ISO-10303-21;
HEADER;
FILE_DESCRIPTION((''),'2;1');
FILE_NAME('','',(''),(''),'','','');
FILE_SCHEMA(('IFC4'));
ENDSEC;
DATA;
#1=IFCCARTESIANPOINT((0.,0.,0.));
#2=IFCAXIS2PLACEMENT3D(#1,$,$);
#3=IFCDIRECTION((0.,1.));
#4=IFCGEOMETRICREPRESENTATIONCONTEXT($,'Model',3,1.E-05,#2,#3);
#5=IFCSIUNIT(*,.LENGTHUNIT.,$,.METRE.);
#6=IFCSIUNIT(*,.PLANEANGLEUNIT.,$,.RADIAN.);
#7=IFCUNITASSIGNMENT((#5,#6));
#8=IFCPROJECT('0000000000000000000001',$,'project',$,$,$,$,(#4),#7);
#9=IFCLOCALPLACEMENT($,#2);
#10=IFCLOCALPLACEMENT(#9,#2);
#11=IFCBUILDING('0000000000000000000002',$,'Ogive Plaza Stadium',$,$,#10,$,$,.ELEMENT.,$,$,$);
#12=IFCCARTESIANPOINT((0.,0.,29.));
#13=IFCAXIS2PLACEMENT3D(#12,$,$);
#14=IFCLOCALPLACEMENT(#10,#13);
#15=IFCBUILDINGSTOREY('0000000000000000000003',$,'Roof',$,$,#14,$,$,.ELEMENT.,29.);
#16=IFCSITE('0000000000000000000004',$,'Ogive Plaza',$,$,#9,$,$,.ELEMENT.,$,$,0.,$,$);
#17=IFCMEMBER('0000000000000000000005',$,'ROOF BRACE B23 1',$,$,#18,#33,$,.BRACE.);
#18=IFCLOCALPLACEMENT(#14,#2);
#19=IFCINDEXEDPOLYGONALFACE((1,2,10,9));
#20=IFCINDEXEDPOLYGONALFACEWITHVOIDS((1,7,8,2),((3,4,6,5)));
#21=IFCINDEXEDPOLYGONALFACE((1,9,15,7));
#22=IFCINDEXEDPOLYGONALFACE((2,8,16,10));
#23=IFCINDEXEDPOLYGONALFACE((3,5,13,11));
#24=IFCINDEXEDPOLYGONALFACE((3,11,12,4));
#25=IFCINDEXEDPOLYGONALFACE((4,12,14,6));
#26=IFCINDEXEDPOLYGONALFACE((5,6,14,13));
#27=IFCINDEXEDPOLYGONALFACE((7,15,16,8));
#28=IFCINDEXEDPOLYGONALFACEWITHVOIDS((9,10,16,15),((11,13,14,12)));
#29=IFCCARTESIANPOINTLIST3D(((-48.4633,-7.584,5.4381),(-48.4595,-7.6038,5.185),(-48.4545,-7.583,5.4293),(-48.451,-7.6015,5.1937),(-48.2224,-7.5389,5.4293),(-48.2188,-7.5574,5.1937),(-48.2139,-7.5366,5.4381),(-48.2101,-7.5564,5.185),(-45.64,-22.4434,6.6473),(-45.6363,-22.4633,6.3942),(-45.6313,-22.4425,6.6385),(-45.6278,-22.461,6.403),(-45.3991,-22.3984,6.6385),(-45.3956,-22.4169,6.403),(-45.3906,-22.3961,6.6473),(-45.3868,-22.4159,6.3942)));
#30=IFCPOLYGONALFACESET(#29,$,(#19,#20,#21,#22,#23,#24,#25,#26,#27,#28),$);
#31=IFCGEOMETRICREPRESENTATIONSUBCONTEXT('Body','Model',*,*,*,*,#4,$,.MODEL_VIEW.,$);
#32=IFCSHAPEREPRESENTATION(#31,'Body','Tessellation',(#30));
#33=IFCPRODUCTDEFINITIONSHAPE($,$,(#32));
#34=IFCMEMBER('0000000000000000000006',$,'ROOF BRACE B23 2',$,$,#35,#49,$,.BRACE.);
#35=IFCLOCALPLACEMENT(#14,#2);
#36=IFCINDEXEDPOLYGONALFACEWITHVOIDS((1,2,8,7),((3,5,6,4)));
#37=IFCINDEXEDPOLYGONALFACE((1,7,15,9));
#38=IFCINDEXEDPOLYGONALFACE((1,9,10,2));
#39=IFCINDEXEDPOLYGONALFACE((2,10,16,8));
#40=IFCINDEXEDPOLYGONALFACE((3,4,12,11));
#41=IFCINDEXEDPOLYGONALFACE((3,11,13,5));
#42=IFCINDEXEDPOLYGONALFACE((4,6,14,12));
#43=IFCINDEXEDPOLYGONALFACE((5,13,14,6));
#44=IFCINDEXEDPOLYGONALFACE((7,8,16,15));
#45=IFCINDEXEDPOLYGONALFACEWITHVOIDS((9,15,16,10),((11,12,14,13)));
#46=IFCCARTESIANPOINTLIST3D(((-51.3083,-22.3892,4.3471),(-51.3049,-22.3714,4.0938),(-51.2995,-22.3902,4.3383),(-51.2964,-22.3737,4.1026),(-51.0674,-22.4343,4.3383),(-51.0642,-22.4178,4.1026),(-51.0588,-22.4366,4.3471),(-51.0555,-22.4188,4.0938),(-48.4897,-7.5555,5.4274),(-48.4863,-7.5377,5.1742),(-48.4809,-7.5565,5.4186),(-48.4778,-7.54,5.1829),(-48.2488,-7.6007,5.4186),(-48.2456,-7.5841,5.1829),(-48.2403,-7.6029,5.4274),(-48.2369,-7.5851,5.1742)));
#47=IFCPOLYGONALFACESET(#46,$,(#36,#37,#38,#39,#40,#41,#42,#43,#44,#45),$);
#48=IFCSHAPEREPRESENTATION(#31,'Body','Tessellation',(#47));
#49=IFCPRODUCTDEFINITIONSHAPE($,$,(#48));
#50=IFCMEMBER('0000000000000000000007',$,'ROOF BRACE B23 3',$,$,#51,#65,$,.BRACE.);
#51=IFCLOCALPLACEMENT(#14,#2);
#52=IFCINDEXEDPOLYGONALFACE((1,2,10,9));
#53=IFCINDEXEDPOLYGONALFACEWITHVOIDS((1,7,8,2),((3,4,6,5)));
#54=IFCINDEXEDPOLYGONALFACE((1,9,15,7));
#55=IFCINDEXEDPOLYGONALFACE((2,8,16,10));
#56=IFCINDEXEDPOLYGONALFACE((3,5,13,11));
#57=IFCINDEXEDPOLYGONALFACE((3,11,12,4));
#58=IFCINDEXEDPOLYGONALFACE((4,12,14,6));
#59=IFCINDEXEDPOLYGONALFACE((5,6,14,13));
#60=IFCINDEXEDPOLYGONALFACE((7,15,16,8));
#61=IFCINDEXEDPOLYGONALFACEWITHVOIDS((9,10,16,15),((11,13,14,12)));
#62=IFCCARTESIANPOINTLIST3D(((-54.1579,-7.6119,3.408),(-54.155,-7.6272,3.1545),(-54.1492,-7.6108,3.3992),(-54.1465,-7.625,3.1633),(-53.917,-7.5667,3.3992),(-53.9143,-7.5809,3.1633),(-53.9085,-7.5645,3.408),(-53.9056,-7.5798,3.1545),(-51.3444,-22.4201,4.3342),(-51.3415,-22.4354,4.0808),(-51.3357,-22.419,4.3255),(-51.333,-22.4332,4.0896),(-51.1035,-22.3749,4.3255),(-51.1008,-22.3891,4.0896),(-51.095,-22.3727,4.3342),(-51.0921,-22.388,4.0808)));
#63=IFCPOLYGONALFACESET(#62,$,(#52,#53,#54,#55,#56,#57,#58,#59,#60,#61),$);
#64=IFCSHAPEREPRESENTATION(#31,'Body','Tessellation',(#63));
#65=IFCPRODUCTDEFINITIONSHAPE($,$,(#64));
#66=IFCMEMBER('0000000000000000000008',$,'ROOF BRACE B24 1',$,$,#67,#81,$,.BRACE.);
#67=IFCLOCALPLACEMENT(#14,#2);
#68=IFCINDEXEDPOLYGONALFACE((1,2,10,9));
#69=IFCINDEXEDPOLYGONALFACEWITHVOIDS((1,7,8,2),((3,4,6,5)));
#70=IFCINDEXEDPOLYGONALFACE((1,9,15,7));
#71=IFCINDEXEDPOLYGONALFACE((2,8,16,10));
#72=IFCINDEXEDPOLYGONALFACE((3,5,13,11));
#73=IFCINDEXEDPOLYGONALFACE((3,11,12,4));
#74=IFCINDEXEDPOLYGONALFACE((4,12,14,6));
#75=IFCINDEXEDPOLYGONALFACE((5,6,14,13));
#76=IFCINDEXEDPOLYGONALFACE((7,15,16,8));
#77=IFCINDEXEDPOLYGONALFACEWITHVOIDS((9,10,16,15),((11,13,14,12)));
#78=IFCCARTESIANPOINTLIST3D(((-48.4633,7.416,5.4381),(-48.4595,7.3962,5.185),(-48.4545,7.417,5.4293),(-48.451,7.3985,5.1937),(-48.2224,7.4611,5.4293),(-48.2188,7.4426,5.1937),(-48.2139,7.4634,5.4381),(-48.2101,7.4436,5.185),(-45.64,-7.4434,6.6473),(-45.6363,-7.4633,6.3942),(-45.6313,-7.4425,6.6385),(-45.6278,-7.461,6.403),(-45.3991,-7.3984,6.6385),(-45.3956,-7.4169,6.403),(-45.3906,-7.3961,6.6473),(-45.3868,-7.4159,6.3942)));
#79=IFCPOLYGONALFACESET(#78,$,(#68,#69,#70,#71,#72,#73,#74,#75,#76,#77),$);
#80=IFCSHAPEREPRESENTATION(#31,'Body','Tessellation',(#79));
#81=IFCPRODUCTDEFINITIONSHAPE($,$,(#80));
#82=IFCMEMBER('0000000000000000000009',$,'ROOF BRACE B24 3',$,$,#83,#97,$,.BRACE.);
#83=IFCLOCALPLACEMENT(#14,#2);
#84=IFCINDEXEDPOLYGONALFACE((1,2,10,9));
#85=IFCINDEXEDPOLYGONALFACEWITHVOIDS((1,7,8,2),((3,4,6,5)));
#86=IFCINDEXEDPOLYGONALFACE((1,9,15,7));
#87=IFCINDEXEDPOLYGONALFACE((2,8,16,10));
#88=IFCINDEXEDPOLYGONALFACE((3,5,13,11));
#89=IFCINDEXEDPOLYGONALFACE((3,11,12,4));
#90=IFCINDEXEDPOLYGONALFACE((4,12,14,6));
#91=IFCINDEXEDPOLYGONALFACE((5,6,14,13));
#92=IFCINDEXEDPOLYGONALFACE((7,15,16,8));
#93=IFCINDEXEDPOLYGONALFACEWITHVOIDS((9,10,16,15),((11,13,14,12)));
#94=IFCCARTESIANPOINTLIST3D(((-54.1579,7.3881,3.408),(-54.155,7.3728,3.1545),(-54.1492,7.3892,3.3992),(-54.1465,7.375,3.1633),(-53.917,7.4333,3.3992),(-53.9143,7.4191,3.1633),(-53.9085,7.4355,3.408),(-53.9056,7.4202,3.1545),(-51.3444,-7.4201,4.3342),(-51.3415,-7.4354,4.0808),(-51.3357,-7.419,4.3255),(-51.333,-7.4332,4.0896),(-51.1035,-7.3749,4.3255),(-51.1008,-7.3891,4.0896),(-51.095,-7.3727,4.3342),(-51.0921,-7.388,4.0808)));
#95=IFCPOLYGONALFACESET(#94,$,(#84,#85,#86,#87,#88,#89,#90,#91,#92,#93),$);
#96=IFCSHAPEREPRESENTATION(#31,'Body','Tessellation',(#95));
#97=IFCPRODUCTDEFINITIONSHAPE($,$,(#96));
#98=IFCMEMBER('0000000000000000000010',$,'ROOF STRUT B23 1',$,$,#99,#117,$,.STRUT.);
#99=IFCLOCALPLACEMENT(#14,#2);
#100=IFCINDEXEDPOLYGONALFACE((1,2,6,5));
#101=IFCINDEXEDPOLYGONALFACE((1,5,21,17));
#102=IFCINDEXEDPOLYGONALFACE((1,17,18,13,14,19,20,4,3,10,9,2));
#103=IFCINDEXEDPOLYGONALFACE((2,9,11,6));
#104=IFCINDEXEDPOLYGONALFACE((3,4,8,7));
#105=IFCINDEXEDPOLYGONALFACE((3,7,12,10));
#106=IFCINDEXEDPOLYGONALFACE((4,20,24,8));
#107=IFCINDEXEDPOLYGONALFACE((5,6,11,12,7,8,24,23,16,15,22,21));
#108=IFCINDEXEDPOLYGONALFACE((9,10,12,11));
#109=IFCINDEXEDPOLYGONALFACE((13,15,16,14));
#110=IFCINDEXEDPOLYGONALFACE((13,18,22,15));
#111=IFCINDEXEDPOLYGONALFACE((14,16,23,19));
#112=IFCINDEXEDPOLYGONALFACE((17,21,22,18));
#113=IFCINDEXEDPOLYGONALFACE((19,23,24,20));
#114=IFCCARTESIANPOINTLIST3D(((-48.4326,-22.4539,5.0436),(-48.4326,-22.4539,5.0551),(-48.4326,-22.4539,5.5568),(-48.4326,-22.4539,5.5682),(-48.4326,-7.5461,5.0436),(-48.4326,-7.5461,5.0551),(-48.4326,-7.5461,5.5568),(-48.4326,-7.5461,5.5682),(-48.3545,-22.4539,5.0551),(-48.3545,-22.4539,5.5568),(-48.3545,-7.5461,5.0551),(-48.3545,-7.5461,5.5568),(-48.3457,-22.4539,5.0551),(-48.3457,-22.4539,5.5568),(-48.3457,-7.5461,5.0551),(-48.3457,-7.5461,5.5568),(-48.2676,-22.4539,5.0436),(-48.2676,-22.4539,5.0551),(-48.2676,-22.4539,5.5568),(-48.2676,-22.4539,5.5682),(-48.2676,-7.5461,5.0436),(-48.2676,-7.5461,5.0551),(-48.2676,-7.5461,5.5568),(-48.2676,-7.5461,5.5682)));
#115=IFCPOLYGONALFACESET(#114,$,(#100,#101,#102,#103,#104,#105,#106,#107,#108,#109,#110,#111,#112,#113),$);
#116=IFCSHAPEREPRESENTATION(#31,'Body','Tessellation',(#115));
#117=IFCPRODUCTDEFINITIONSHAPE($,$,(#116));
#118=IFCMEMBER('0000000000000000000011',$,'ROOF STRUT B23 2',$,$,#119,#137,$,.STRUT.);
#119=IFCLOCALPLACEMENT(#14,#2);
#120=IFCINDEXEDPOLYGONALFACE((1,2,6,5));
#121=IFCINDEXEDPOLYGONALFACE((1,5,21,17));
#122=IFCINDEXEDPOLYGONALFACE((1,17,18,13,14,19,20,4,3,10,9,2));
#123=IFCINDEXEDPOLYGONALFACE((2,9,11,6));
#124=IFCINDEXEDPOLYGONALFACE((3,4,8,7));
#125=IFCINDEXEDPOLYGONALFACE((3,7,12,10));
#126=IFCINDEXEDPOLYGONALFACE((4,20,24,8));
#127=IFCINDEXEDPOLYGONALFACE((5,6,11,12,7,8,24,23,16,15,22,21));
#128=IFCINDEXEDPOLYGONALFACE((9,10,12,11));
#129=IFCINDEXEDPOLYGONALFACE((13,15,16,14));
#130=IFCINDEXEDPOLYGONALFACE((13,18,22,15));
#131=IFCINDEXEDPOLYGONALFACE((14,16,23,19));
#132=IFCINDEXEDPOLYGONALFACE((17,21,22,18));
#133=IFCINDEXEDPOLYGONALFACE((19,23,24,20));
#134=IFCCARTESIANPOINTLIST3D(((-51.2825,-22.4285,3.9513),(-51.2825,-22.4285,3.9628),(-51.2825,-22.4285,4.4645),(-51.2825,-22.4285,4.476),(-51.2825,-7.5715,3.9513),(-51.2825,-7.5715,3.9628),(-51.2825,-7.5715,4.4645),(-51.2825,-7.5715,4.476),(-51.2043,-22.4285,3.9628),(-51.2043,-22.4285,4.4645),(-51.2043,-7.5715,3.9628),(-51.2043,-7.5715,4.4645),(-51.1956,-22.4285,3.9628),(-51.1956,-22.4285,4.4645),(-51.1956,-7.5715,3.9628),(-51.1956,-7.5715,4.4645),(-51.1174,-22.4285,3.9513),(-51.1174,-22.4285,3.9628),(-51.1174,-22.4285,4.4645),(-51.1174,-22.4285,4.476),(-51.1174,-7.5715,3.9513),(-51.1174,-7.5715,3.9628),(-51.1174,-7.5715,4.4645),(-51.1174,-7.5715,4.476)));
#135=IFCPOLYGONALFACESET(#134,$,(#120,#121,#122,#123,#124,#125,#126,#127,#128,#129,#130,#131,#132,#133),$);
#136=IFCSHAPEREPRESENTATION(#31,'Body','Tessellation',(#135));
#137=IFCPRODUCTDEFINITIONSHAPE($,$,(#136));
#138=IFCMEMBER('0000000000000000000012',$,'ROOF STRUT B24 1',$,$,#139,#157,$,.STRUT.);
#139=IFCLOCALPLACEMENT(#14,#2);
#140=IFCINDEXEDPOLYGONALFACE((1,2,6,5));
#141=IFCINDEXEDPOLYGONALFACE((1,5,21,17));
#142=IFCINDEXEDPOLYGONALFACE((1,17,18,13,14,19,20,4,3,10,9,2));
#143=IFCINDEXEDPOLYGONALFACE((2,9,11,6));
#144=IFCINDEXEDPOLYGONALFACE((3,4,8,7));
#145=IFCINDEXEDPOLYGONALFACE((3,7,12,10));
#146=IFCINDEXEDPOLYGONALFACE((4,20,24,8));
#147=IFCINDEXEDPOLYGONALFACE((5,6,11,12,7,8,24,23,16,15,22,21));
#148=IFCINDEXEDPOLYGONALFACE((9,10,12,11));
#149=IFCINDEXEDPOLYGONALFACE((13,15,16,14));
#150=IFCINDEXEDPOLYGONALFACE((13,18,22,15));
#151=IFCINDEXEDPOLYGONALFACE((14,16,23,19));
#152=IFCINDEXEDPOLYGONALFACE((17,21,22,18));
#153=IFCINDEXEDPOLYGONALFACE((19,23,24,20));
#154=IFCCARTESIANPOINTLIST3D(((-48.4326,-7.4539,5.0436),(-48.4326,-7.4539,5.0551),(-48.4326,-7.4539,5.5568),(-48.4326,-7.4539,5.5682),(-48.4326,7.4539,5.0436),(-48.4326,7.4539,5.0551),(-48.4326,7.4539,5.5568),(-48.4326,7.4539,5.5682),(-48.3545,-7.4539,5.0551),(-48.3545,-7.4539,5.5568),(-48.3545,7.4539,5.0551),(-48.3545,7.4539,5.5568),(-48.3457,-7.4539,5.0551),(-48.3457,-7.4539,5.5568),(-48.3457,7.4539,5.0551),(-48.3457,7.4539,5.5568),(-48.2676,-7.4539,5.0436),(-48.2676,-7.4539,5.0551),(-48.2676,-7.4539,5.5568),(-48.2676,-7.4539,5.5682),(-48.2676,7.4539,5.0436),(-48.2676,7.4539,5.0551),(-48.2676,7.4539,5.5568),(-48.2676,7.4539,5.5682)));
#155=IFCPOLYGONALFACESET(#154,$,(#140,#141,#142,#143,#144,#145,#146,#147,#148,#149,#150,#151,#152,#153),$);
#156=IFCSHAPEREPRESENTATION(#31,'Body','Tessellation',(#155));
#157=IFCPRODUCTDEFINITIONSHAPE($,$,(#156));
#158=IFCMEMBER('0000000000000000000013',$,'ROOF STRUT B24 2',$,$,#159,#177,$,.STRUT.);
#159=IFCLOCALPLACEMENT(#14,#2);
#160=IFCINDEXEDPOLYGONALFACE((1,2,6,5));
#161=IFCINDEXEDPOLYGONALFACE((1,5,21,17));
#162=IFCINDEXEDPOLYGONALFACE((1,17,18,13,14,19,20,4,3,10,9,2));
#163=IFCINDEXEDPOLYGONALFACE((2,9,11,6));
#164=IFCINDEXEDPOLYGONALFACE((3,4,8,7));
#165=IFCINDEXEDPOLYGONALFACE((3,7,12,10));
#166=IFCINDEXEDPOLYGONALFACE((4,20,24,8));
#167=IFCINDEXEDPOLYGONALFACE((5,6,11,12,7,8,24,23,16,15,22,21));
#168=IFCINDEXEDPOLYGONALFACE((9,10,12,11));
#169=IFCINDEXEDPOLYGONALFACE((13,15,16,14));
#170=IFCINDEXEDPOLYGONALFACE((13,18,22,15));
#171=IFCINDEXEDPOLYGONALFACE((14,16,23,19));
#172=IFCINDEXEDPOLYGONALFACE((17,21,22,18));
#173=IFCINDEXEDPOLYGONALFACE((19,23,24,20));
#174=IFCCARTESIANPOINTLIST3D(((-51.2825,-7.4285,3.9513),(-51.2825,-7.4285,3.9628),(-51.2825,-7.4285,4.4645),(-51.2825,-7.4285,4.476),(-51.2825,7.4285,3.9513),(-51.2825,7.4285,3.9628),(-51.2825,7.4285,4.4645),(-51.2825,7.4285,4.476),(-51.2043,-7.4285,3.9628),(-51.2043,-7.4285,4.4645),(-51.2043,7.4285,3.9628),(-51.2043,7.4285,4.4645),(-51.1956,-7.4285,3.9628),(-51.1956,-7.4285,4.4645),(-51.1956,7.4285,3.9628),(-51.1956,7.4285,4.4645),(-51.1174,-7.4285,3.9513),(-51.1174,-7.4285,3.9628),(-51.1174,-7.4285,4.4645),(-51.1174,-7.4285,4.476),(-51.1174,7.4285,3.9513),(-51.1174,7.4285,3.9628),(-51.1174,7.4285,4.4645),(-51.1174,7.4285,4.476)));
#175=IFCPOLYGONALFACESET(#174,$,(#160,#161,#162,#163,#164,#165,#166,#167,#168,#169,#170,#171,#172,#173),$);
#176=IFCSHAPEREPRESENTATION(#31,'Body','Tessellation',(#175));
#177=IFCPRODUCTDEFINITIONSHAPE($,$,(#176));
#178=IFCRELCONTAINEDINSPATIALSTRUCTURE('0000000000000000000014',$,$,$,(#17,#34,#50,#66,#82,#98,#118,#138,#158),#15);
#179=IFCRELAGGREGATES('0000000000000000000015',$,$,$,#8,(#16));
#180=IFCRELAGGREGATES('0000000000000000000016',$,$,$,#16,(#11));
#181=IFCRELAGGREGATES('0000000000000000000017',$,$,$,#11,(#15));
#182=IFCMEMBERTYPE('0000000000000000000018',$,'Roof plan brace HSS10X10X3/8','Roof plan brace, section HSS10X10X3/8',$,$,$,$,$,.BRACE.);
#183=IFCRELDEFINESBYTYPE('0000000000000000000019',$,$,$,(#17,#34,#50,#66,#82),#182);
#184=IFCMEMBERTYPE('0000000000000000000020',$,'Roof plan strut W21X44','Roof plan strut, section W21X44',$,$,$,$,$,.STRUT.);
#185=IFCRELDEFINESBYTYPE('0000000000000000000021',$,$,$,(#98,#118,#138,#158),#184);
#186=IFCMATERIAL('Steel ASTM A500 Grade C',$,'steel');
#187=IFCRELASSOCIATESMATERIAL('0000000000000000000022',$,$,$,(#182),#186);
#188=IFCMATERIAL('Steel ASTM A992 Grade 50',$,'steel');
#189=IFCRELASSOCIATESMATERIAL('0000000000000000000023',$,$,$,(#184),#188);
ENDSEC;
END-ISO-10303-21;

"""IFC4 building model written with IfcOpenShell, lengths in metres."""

from ifc_helpers import new_model, si_unit, direction, frame, origin, origin_2d, place, context, subcontext, project, spatial, hollow_rectangle, i_section, extrude, material, material_profile, profile_set, type_object, element, save


model = new_model("IFC4")

# Units and contexts
model_context = context("Model", 3, precision=1e-05, world=origin(), true_north=direction((0.0, 1.0)))
body_context = subcontext(model_context, "Body", "Model", "MODEL_VIEW")
ifc_project = project(units=[si_unit("LENGTHUNIT", "METRE"), si_unit("PLANEANGLEUNIT", "RADIAN")], contexts=[model_context])

# Site, building, storey
site_placement = place(None, origin())
site = spatial("IfcSite", under=ifc_project, at=site_placement, Name="Ogive Plaza", CompositionType="ELEMENT", RefElevation=0.0)
building_placement = place(site_placement, origin())
building = spatial("IfcBuilding", under=site, at=building_placement, Name="Ogive Plaza Stadium", CompositionType="ELEMENT")
storey_placement = place(building_placement, frame((0.0, 0.0, 29.0)))
storey = spatial("IfcBuildingStorey", under=building, at=storey_placement, Name="Roof", CompositionType="ELEMENT", Elevation=29.0)

# Members
ifc_material_1 = material(Name="Steel ASTM A500 Grade C", Category="steel")
ifc_material_profile_1 = material_profile(ifc_material_1, hollow_rectangle(XDim=0.2539, YDim=0.2539, WallThickness=0.0088, at=origin_2d()), Name="HSS10X10X3/8")
ifc_profile_set_1 = profile_set([ifc_material_profile_1], Name="Steel ASTM A500 Grade C")
member_type_1 = type_object("IfcMemberType", Name="Roof plan brace HSS10X10X3/8", Description="Roof plan brace, section HSS10X10X3/8", PredefinedType="BRACE", material=ifc_profile_set_1)
member_1_placement = place(storey_placement, frame((-45.5134, -22.4297, 6.5208), z_axis=(-0.186064, 0.9793, -0.079694), x_axis=(-0.982425, -0.186658, 0.0)))
element("IfcMember", 1, at=member_1_placement, inside=storey, type_object=member_type_1, Name="ROOF BRACE B23 1", PredefinedType="BRACE", context=body_context, shape_type="SweptSolid", body=[
    extrude(hollow_rectangle(XDim=0.2539, YDim=0.2539, WallThickness=0.0088, at=origin_2d()), origin(), (0.0, 0.0, 1.0), 15.1736),
])
member_2_placement = place(storey_placement, frame((-48.3633, -7.5703, 5.3008), z_axis=(-0.186197, -0.979917, -0.071366), x_axis=(0.982422, -0.186673, 0.0)))
element("IfcMember", 2, at=member_2_placement, inside=storey, type_object=member_type_1, Name="ROOF BRACE B23 2", PredefinedType="BRACE", context=body_context, shape_type="SweptSolid", body=[
    extrude(hollow_rectangle(XDim=0.2539, YDim=0.2539, WallThickness=0.0088, at=origin_2d()), origin(), (0.0, 0.0, 1.0), 15.1377),
])
member_3_placement = place(storey_placement, frame((-51.2183, -22.4041, 4.2075), z_axis=(-0.186305, 0.980575, -0.061336), x_axis=(-0.982425, -0.186657, 0.0)))
element("IfcMember", 3, at=member_3_placement, inside=storey, type_object=member_type_1, Name="ROOF BRACE B23 3", PredefinedType="BRACE", context=body_context, shape_type="SweptSolid", body=[
    extrude(hollow_rectangle(XDim=0.2539, YDim=0.2539, WallThickness=0.0088, at=origin_2d()), origin(), (0.0, 0.0, 1.0), 15.1016),
])
member_4_placement = place(storey_placement, frame((-45.5134, -7.4297, 6.5208), z_axis=(-0.186064, 0.9793, -0.079694), x_axis=(-0.982425, -0.186658, 0.0)))
element("IfcMember", 4, at=member_4_placement, inside=storey, type_object=member_type_1, Name="ROOF BRACE B24 1", PredefinedType="BRACE", context=body_context, shape_type="SweptSolid", body=[
    extrude(hollow_rectangle(XDim=0.2539, YDim=0.2539, WallThickness=0.0088, at=origin_2d()), origin(), (0.0, 0.0, 1.0), 15.1736),
])
member_5_placement = place(storey_placement, frame((-51.2183, -7.4041, 4.2075), z_axis=(-0.186305, 0.980575, -0.061336), x_axis=(-0.982425, -0.186657, 0.0)))
element("IfcMember", 5, at=member_5_placement, inside=storey, type_object=member_type_1, Name="ROOF BRACE B24 3", PredefinedType="BRACE", context=body_context, shape_type="SweptSolid", body=[
    extrude(hollow_rectangle(XDim=0.2539, YDim=0.2539, WallThickness=0.0088, at=origin_2d()), origin(), (0.0, 0.0, 1.0), 15.1016),
])
ifc_material_2 = material(Name="Steel ASTM A992 Grade 50", Category="steel")
ifc_material_profile_2 = material_profile(ifc_material_2, i_section(OverallWidth=0.165, OverallDepth=0.5247, WebThickness=0.0088, FlangeThickness=0.0115, at=origin_2d()), Name="W21X44")
ifc_profile_set_2 = profile_set([ifc_material_profile_2], Name="Steel ASTM A992 Grade 50")
member_type_2 = type_object("IfcMemberType", Name="Roof plan strut W21X44", Description="Roof plan strut, section W21X44", PredefinedType="STRUT", material=ifc_profile_set_2)
member_6_placement = place(storey_placement, frame((-48.3501, -22.4539, 5.3059), z_axis=(0.0, 1.0, 0.0), x_axis=(-1.0, 0.0, 0.0)))
element("IfcMember", 6, at=member_6_placement, inside=storey, type_object=member_type_2, Name="ROOF STRUT B23 1", PredefinedType="STRUT", context=body_context, shape_type="SweptSolid", body=[
    extrude(i_section(OverallWidth=0.165, OverallDepth=0.5247, WebThickness=0.0088, FlangeThickness=0.0115, at=origin_2d()), origin(), (0.0, 0.0, 1.0), 14.9077),
])
member_7_placement = place(storey_placement, frame((-51.2, -22.4285, 4.2136), z_axis=(0.0, 1.0, 0.0), x_axis=(-1.0, 0.0, 0.0)))
element("IfcMember", 7, at=member_7_placement, inside=storey, type_object=member_type_2, Name="ROOF STRUT B23 2", PredefinedType="STRUT", context=body_context, shape_type="SweptSolid", body=[
    extrude(i_section(OverallWidth=0.165, OverallDepth=0.5247, WebThickness=0.0088, FlangeThickness=0.0115, at=origin_2d()), origin(), (0.0, 0.0, 1.0), 14.8569),
])
member_8_placement = place(storey_placement, frame((-48.3501, -7.4539, 5.3059), z_axis=(0.0, 1.0, 0.0), x_axis=(-1.0, 0.0, 0.0)))
element("IfcMember", 8, at=member_8_placement, inside=storey, type_object=member_type_2, Name="ROOF STRUT B24 1", PredefinedType="STRUT", context=body_context, shape_type="SweptSolid", body=[
    extrude(i_section(OverallWidth=0.165, OverallDepth=0.5247, WebThickness=0.0088, FlangeThickness=0.0115, at=origin_2d()), origin(), (0.0, 0.0, 1.0), 14.9077),
])
member_9_placement = place(storey_placement, frame((-51.2, -7.4285, 4.2136), z_axis=(0.0, 1.0, 0.0), x_axis=(-1.0, 0.0, 0.0)))
element("IfcMember", 9, at=member_9_placement, inside=storey, type_object=member_type_2, Name="ROOF STRUT B24 2", PredefinedType="STRUT", context=body_context, shape_type="SweptSolid", body=[
    extrude(i_section(OverallWidth=0.165, OverallDepth=0.5247, WebThickness=0.0088, FlangeThickness=0.0115, at=origin_2d()), origin(), (0.0, 0.0, 1.0), 14.8569),
])

save(model, "model.ifc")
